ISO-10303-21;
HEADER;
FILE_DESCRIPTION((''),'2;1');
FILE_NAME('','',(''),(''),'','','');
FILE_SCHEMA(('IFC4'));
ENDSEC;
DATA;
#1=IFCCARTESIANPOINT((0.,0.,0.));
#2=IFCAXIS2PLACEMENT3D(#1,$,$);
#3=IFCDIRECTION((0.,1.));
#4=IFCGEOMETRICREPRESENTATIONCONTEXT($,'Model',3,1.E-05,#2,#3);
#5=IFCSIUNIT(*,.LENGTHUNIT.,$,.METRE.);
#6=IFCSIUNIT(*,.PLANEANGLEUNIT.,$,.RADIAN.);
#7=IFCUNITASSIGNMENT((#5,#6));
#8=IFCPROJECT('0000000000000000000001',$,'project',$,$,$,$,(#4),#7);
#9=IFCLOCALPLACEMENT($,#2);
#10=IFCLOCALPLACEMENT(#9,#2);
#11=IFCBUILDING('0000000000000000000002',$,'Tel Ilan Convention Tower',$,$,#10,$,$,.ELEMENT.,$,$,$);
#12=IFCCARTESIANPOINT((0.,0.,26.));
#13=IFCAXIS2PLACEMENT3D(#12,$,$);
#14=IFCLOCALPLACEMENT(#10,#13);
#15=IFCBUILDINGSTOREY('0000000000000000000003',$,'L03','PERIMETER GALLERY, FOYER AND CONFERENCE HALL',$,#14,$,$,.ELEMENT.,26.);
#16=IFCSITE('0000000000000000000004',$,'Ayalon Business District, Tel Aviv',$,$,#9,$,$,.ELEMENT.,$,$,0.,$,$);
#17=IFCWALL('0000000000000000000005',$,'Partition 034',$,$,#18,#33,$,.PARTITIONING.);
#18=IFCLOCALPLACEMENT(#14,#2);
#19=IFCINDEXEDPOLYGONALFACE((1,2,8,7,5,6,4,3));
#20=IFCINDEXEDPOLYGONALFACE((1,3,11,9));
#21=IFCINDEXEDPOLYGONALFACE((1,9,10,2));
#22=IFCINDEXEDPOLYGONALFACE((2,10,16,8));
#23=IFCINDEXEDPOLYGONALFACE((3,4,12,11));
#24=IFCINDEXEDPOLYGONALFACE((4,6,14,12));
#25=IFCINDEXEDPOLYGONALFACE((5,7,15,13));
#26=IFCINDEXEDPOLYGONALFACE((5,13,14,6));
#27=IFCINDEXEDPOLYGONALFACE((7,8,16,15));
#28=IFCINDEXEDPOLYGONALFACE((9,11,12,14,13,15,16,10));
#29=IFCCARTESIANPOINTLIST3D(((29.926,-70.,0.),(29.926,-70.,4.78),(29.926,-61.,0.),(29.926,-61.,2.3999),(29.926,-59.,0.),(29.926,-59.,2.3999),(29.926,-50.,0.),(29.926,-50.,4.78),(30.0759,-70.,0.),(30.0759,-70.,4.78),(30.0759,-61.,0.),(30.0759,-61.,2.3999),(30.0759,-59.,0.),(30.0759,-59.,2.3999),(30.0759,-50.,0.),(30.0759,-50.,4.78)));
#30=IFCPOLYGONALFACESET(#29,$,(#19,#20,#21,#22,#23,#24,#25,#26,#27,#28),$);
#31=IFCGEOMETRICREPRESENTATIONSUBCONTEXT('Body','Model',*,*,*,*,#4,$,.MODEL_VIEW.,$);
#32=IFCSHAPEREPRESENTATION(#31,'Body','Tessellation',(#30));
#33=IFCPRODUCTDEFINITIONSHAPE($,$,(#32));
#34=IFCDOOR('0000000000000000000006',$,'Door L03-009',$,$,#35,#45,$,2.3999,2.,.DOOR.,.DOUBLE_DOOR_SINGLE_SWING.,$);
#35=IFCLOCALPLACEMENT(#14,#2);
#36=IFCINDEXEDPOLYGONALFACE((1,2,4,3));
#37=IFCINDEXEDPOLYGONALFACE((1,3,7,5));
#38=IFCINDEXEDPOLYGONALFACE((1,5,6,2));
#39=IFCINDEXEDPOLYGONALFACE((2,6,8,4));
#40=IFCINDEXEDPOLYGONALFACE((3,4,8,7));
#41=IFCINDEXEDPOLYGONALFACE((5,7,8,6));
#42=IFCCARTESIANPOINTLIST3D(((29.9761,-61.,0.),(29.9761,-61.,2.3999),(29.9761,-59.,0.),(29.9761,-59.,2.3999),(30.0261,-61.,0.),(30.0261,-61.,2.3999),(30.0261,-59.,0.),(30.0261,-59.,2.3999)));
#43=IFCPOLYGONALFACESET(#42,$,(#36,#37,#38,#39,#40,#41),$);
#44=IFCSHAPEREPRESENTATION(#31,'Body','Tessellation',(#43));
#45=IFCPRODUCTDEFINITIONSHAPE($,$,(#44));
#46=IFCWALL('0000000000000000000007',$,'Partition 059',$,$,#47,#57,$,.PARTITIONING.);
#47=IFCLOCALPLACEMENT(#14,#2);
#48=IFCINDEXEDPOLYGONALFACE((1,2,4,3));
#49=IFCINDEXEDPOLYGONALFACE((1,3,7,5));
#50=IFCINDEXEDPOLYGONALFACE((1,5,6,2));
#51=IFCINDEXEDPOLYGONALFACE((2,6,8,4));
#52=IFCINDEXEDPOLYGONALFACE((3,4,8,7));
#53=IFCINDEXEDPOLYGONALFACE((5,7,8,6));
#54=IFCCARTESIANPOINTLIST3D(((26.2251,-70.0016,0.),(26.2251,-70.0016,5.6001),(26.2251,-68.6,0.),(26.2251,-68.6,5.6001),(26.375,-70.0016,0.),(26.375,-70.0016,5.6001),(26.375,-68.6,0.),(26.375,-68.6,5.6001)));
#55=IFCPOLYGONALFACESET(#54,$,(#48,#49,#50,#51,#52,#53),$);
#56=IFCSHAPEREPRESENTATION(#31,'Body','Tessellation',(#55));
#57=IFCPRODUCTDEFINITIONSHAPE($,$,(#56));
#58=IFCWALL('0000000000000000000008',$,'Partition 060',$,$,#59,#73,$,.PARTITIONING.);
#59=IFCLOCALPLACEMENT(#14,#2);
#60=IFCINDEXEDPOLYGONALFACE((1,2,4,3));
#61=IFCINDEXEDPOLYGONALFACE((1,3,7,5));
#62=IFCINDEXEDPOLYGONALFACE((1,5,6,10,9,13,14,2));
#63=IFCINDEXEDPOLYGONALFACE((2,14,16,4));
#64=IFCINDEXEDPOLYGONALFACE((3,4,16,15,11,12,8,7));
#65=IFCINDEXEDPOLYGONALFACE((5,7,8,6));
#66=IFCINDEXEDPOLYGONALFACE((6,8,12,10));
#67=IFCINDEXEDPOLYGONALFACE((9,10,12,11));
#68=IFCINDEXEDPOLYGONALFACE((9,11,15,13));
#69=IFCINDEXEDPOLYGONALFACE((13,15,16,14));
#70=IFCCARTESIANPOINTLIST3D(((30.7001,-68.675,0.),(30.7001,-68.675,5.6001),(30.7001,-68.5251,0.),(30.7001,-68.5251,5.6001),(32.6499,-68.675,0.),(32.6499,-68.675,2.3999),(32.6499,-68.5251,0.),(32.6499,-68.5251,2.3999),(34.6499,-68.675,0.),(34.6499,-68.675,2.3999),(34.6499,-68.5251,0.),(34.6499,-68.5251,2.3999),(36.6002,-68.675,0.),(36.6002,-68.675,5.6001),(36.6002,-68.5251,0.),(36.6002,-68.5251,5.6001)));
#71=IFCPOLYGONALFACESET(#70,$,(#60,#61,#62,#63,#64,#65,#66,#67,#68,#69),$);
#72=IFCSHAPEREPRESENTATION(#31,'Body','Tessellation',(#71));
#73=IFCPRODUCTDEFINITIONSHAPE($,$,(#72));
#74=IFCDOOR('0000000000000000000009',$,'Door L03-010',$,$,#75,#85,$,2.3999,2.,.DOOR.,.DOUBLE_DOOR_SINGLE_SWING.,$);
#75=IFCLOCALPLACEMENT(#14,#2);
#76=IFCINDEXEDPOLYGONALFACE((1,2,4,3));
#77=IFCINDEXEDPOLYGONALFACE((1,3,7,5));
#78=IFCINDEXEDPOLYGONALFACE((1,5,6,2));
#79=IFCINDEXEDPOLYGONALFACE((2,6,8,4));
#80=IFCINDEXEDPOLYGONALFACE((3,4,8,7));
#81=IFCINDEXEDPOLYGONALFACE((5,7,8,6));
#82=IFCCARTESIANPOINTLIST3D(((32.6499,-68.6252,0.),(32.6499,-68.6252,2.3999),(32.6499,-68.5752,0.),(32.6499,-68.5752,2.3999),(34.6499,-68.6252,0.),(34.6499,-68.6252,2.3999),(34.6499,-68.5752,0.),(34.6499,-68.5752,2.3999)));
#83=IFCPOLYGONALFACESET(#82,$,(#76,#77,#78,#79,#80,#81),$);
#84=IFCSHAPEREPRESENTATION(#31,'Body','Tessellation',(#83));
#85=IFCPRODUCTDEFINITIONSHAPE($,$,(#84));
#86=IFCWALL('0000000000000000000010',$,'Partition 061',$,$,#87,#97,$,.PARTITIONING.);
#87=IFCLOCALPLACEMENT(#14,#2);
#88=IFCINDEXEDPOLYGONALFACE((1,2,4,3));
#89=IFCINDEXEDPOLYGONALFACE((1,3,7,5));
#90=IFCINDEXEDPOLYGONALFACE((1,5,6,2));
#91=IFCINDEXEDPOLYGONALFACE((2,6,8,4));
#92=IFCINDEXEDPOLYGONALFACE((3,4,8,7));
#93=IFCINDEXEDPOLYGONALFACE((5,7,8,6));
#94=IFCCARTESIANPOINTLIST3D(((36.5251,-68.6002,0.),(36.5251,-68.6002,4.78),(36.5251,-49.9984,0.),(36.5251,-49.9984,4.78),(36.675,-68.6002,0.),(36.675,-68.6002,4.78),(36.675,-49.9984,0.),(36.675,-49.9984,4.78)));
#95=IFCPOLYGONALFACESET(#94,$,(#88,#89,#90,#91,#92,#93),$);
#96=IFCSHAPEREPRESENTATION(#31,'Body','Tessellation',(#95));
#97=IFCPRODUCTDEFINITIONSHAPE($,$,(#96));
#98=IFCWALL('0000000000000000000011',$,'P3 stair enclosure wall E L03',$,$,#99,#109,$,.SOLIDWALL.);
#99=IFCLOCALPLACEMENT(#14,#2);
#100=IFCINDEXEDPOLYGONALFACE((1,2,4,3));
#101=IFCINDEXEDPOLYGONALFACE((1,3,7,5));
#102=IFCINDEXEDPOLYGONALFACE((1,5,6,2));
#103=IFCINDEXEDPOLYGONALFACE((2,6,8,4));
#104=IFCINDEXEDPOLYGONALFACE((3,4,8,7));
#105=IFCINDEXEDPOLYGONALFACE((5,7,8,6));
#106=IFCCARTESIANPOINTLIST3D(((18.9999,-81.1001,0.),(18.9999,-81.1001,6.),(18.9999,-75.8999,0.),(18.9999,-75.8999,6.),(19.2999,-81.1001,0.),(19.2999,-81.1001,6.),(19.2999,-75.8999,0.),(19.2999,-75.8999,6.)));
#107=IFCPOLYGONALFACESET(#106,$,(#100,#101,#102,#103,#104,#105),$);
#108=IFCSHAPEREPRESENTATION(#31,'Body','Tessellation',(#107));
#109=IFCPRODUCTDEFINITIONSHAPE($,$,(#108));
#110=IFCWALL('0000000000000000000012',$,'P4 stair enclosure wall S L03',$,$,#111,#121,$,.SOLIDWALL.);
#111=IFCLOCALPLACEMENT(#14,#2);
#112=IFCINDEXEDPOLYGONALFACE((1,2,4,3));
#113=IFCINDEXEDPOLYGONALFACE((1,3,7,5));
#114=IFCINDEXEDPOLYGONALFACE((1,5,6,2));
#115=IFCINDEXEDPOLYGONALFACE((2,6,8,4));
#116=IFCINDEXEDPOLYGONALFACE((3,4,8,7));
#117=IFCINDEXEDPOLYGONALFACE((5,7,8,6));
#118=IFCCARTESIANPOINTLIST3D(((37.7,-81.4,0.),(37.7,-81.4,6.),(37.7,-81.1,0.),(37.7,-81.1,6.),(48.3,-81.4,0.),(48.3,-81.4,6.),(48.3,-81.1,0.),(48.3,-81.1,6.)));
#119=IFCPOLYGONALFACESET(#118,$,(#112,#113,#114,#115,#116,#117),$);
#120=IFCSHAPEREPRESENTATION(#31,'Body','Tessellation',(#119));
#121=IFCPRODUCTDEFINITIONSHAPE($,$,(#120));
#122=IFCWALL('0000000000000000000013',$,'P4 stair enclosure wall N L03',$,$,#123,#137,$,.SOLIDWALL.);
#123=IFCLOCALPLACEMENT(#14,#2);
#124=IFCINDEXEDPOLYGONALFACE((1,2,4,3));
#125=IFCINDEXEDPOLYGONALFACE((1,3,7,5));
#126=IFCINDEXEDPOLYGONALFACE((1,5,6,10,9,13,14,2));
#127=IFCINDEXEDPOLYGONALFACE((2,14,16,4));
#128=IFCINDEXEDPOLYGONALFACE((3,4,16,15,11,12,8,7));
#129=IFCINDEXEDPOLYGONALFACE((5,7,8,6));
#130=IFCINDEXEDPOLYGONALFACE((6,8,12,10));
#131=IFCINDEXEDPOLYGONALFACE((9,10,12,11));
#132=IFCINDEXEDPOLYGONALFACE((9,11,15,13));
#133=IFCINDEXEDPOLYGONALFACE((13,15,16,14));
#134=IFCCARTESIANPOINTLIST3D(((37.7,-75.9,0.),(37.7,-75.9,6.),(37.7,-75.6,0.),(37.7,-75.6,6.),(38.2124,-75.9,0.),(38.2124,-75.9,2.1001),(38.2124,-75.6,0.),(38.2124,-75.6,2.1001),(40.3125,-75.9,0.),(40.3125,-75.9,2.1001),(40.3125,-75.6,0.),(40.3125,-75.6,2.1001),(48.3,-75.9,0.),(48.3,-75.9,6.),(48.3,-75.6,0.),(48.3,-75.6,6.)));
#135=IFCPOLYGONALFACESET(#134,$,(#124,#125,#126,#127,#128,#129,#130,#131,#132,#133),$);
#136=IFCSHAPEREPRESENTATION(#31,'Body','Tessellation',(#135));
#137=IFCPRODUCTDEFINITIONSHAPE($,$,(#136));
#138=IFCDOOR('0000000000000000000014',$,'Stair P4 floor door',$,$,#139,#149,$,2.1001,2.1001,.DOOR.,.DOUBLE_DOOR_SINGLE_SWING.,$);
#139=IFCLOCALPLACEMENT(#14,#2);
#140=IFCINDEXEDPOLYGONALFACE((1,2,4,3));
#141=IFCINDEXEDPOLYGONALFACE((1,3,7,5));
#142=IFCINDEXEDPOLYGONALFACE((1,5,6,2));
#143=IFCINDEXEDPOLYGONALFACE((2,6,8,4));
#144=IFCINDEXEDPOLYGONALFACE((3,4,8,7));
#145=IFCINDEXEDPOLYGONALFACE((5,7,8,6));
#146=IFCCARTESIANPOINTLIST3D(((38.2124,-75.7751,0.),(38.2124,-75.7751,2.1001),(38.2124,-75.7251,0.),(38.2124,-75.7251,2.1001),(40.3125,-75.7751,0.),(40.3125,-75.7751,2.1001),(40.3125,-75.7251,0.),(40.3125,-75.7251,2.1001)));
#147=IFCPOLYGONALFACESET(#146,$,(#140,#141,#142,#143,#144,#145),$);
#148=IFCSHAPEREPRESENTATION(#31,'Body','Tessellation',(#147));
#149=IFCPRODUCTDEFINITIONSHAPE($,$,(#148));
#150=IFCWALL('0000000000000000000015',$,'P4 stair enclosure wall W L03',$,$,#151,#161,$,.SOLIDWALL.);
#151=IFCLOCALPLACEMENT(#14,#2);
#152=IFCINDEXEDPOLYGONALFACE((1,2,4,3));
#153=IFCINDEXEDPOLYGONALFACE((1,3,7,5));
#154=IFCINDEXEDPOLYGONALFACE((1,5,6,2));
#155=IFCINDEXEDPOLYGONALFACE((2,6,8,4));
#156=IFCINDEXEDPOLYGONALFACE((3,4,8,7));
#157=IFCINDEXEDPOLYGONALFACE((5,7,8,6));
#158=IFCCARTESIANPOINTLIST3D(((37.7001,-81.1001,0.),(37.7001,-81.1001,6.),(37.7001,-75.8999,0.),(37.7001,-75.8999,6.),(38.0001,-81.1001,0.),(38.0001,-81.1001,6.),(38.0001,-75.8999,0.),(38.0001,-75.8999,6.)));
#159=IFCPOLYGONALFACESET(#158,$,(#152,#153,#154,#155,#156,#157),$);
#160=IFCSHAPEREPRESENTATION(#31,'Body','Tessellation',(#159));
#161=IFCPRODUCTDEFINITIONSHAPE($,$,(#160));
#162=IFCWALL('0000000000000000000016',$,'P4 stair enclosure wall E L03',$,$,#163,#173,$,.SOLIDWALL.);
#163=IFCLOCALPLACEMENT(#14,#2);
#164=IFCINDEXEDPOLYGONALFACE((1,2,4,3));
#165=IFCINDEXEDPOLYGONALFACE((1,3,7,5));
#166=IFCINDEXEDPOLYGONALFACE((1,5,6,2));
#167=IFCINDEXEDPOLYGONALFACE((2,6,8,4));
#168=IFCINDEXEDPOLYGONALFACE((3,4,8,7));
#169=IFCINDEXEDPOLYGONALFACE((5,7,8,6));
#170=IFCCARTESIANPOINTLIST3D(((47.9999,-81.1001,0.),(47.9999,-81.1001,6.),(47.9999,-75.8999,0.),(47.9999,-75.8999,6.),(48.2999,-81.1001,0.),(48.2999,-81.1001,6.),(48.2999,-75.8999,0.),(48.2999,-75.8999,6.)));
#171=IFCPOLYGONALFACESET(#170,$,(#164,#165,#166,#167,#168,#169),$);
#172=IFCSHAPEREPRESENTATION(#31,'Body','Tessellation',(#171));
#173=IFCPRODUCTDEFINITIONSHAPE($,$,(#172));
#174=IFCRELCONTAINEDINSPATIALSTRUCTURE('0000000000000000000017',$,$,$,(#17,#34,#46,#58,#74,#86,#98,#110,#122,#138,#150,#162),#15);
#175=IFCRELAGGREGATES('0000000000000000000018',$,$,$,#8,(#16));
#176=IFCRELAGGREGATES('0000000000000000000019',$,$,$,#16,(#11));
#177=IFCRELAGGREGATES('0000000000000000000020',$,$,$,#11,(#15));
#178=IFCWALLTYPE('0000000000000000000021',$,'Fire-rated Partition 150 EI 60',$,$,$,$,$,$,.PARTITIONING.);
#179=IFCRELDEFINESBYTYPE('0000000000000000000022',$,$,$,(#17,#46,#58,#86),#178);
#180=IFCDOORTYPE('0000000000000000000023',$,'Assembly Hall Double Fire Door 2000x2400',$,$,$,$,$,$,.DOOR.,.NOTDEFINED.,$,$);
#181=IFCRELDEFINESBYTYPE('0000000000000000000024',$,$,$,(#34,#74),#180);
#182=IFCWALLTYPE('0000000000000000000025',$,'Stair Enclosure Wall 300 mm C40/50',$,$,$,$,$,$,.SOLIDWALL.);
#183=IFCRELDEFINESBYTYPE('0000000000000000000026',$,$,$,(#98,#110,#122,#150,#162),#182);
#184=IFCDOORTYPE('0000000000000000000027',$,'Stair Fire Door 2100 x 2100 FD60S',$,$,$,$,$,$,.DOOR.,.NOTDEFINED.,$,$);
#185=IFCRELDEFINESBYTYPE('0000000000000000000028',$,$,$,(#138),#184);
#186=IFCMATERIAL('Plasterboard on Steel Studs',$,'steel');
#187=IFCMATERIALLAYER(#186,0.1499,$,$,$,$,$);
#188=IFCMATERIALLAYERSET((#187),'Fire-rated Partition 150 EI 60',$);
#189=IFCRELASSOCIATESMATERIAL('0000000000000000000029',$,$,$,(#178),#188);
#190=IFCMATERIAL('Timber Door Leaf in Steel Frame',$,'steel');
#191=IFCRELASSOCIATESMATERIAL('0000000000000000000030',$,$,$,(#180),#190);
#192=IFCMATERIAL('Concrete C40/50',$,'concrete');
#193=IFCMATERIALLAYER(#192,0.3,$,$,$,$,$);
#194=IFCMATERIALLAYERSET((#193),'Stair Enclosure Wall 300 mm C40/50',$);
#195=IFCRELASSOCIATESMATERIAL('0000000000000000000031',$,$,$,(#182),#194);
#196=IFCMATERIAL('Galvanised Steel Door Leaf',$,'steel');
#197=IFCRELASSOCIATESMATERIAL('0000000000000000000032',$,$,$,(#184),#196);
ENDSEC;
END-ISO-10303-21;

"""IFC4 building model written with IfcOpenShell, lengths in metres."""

from ifc_helpers import new_model, si_unit, direction, frame, frame_2d, origin, place, context, subcontext, project, spatial, rectangle, extrude, material, layer, layer_set, type_object, element, fill, save


model = new_model("IFC4")

# Units and contexts
model_context = context("Model", 3, precision=1e-05, world=origin(), true_north=direction((0.0, 1.0)))
body_context = subcontext(model_context, "Body", "Model", "MODEL_VIEW")
ifc_project = project(units=[si_unit("LENGTHUNIT", "METRE"), si_unit("PLANEANGLEUNIT", "RADIAN")], contexts=[model_context])

# Site, building, storey
site_placement = place(None, origin())
site = spatial("IfcSite", under=ifc_project, at=site_placement, Name="Ayalon Business District, Tel Aviv", CompositionType="ELEMENT", RefElevation=0.0)
building_placement = place(site_placement, origin())
building = spatial("IfcBuilding", under=site, at=building_placement, Name="Tel Ilan Convention Tower", CompositionType="ELEMENT")
storey_placement = place(building_placement, frame((0.0, 0.0, 26.0)))
storey = spatial("IfcBuildingStorey", under=building, at=storey_placement, Name="L03", Description="PERIMETER GALLERY, FOYER AND CONFERENCE HALL", CompositionType="ELEMENT", Elevation=26.0)

# Shared definitions
ifc_material_1 = material(Name="Plasterboard on Steel Studs", Category="steel")
ifc_layer_1 = layer(ifc_material_1, 0.1499)
ifc_layer_set_1 = layer_set([ifc_layer_1], Name="Fire-rated Partition 150 EI 60")
wall_type_1 = type_object("IfcWallType", Name="Fire-rated Partition 150 EI 60", PredefinedType="PARTITIONING", material=ifc_layer_set_1)

# Wall, opening, door
wall_1_placement = place(storey_placement, frame((30.001, -70.0, 0.0), z_axis=(0.0, 0.0, 1.0), x_axis=(0.0, 1.0, 0.0)))
wall_1 = element("IfcWall", 1, at=wall_1_placement, inside=storey, type_object=wall_type_1, Name="Partition 034", PredefinedType="PARTITIONING", context=body_context, shape_type="SweptSolid", body=[
    extrude(rectangle(XDim=20.0, YDim=0.1499, at=frame_2d((10.0, 0.0))), origin(), (0.0, 0.0, 1.0), 4.78),
])
opening_1_placement = place(wall_1_placement, frame((9.0, 0.0, 0.0)))
opening_1 = element("IfcOpeningElement", 2, at=opening_1_placement, cuts=wall_1, PredefinedType="OPENING", context=body_context, shape_type="SweptSolid", body=[
    extrude(rectangle(XDim=2.0, YDim=2.3999, at=frame_2d((1.0, 1.2))), frame((0.0, 0.085, 0.0), z_axis=(0.0, -1.0, 0.0), x_axis=(1.0, 0.0, 0.0)), (0.0, 0.0, 1.0), 0.1699),
])
ifc_material_2 = material(Name="Timber Door Leaf in Steel Frame", Category="steel")
door_type_1 = type_object("IfcDoorType", Name="Assembly Hall Double Fire Door 2000x2400", OperationType="NOTDEFINED", PredefinedType="DOOR", material=ifc_material_2)
door_1_placement = place(opening_1_placement, origin())
door_1 = element("IfcDoor", 3, at=door_1_placement, inside=storey, type_object=door_type_1, Name="Door L03-009", OperationType="DOUBLE_DOOR_SINGLE_SWING", OverallHeight=2.3999, OverallWidth=2.0, PredefinedType="DOOR", context=body_context, shape_type="SweptSolid", body=[
    extrude(rectangle(XDim=2.0, YDim=2.3999, at=frame_2d((1.0, 1.2))), frame((0.0, 0.0249, 0.0), z_axis=(0.0, -1.0, 0.0), x_axis=(1.0, 0.0, 0.0)), (0.0, 0.0, 1.0), 0.05),
])
fill(opening_1, door_1)

# Wall
wall_2_placement = place(storey_placement, frame((26.3, -68.6001, 0.0), z_axis=(0.0, 0.0, 1.0), x_axis=(0.0, -1.0, 0.0)))
element("IfcWall", 4, at=wall_2_placement, inside=storey, type_object=wall_type_1, Name="Partition 059", PredefinedType="PARTITIONING", context=body_context, shape_type="SweptSolid", body=[
    extrude(rectangle(XDim=1.4016, YDim=0.1499, at=frame_2d((0.7007, 0.0))), origin(), (0.0, 0.0, 1.0), 5.6001),
])

# Wall, opening, door
wall_3_placement = place(storey_placement, frame((30.7, -68.6001, 0.0), z_axis=(0.0, 0.0, 1.0), x_axis=(1.0, 0.0, 0.0)))
wall_3 = element("IfcWall", 5, at=wall_3_placement, inside=storey, type_object=wall_type_1, Name="Partition 060", PredefinedType="PARTITIONING", context=body_context, shape_type="SweptSolid", body=[
    extrude(rectangle(XDim=5.9001, YDim=0.1499, at=frame_2d((2.9502, 0.0))), origin(), (0.0, 0.0, 1.0), 5.6001),
])
opening_2_placement = place(wall_3_placement, frame((1.95, 0.0, 0.0)))
opening_2 = element("IfcOpeningElement", 6, at=opening_2_placement, cuts=wall_3, PredefinedType="OPENING", context=body_context, shape_type="SweptSolid", body=[
    extrude(rectangle(XDim=2.0, YDim=2.3999, at=frame_2d((1.0, 1.2))), frame((0.0, 0.085, 0.0), z_axis=(0.0, -1.0, 0.0), x_axis=(1.0, 0.0, 0.0)), (0.0, 0.0, 1.0), 0.1699),
])
door_2_placement = place(opening_2_placement, origin())
door_2 = element("IfcDoor", 7, at=door_2_placement, inside=storey, type_object=door_type_1, Name="Door L03-010", OperationType="DOUBLE_DOOR_SINGLE_SWING", OverallHeight=2.3999, OverallWidth=2.0, PredefinedType="DOOR", context=body_context, shape_type="SweptSolid", body=[
    extrude(rectangle(XDim=2.0, YDim=2.3999, at=frame_2d((1.0, 1.2))), frame((0.0, 0.0249, 0.0), z_axis=(0.0, -1.0, 0.0), x_axis=(1.0, 0.0, 0.0)), (0.0, 0.0, 1.0), 0.05),
])
fill(opening_2, door_2)

# Walls
wall_4_placement = place(storey_placement, frame((36.6001, -68.6001, 0.0), z_axis=(0.0, 0.0, 1.0), x_axis=(0.0, 1.0, 0.0)))
element("IfcWall", 8, at=wall_4_placement, inside=storey, type_object=wall_type_1, Name="Partition 061", PredefinedType="PARTITIONING", context=body_context, shape_type="SweptSolid", body=[
    extrude(rectangle(XDim=18.6018, YDim=0.1499, at=frame_2d((9.3008, 0.0))), origin(), (0.0, 0.0, 1.0), 4.78),
])
ifc_material_3 = material(Name="Concrete C40/50", Category="concrete")
ifc_layer_2 = layer(ifc_material_3, 0.3)
ifc_layer_set_2 = layer_set([ifc_layer_2], Name="Stair Enclosure Wall 300 mm C40/50")
wall_type_2 = type_object("IfcWallType", Name="Stair Enclosure Wall 300 mm C40/50", PredefinedType="SOLIDWALL", material=ifc_layer_set_2)
wall_5_placement = place(storey_placement, frame((19.1499, -81.1001, 0.0), z_axis=(0.0, 0.0, 1.0), x_axis=(0.0, 1.0, 0.0)))
element("IfcWall", 9, at=wall_5_placement, inside=storey, type_object=wall_type_2, Name="P3 stair enclosure wall E L03", PredefinedType="SOLIDWALL", context=body_context, shape_type="SweptSolid", body=[
    extrude(rectangle(XDim=5.2002, YDim=0.3, at=frame_2d((2.6001, 0.0))), origin(), (0.0, 0.0, 1.0), 6.0),
])
wall_6_placement = place(storey_placement, frame((37.7, -81.25, 0.0), z_axis=(0.0, 0.0, 1.0), x_axis=(1.0, 0.0, 0.0)))
element("IfcWall", 10, at=wall_6_placement, inside=storey, type_object=wall_type_2, Name="P4 stair enclosure wall S L03", PredefinedType="SOLIDWALL", context=body_context, shape_type="SweptSolid", body=[
    extrude(rectangle(XDim=10.6001, YDim=0.3, at=frame_2d((5.3, 0.0))), origin(), (0.0, 0.0, 1.0), 6.0),
])

# Wall, opening, door
wall_7_placement = place(storey_placement, frame((37.7, -75.75, 0.0), z_axis=(0.0, 0.0, 1.0), x_axis=(1.0, 0.0, 0.0)))
wall_7 = element("IfcWall", 11, at=wall_7_placement, inside=storey, type_object=wall_type_2, Name="P4 stair enclosure wall N L03", PredefinedType="SOLIDWALL", context=body_context, shape_type="SweptSolid", body=[
    extrude(rectangle(XDim=10.6001, YDim=0.3, at=frame_2d((5.3, 0.0))), origin(), (0.0, 0.0, 1.0), 6.0),
])
opening_3_placement = place(wall_7_placement, frame((0.5125, 0.0, 0.0)))
opening_3 = element("IfcOpeningElement", 12, at=opening_3_placement, cuts=wall_7, PredefinedType="OPENING", context=body_context, shape_type="SweptSolid", body=[
    extrude(rectangle(XDim=2.1001, YDim=2.1001, at=frame_2d((1.05, 1.05))), frame((0.0, 0.1599, 0.0), z_axis=(0.0, -1.0, 0.0), x_axis=(1.0, 0.0, 0.0)), (0.0, 0.0, 1.0), 0.3201),
])
ifc_material_4 = material(Name="Galvanised Steel Door Leaf", Category="steel")
door_type_2 = type_object("IfcDoorType", Name="Stair Fire Door 2100 x 2100 FD60S", OperationType="NOTDEFINED", PredefinedType="DOOR", material=ifc_material_4)
door_3_placement = place(opening_3_placement, origin())
door_3 = element("IfcDoor", 13, at=door_3_placement, inside=storey, type_object=door_type_2, Name="Stair P4 floor door", OperationType="DOUBLE_DOOR_SINGLE_SWING", OverallHeight=2.1001, OverallWidth=2.1001, PredefinedType="DOOR", context=body_context, shape_type="SweptSolid", body=[
    extrude(rectangle(XDim=2.1001, YDim=2.1001, at=frame_2d((1.05, 1.05))), frame((0.0, 0.0249, 0.0), z_axis=(0.0, -1.0, 0.0), x_axis=(1.0, 0.0, 0.0)), (0.0, 0.0, 1.0), 0.05),
])
fill(opening_3, door_3)

# Walls
for number, where, z_axis, x_axis, name in (
    (14, (37.8501, -81.1001, 0.0), (0.0, 0.0, 1.0), (0.0, 1.0, 0.0), "P4 stair enclosure wall W L03"),
    (15, (48.1499, -81.1001, 0.0), (0.0, 0.0, 1.0), (0.0, 1.0, 0.0), "P4 stair enclosure wall E L03"),
):
    element("IfcWall", number, at=place(storey_placement, frame(where, z_axis=z_axis, x_axis=x_axis)), inside=storey, type_object=wall_type_2, Name=name, PredefinedType="SOLIDWALL", context=body_context, shape_type="SweptSolid", body=[
        extrude(rectangle(XDim=5.2002, YDim=0.3, at=frame_2d((2.6001, 0.0))), origin(), (0.0, 0.0, 1.0), 6.0),
    ])

save(model, "model.ifc")
